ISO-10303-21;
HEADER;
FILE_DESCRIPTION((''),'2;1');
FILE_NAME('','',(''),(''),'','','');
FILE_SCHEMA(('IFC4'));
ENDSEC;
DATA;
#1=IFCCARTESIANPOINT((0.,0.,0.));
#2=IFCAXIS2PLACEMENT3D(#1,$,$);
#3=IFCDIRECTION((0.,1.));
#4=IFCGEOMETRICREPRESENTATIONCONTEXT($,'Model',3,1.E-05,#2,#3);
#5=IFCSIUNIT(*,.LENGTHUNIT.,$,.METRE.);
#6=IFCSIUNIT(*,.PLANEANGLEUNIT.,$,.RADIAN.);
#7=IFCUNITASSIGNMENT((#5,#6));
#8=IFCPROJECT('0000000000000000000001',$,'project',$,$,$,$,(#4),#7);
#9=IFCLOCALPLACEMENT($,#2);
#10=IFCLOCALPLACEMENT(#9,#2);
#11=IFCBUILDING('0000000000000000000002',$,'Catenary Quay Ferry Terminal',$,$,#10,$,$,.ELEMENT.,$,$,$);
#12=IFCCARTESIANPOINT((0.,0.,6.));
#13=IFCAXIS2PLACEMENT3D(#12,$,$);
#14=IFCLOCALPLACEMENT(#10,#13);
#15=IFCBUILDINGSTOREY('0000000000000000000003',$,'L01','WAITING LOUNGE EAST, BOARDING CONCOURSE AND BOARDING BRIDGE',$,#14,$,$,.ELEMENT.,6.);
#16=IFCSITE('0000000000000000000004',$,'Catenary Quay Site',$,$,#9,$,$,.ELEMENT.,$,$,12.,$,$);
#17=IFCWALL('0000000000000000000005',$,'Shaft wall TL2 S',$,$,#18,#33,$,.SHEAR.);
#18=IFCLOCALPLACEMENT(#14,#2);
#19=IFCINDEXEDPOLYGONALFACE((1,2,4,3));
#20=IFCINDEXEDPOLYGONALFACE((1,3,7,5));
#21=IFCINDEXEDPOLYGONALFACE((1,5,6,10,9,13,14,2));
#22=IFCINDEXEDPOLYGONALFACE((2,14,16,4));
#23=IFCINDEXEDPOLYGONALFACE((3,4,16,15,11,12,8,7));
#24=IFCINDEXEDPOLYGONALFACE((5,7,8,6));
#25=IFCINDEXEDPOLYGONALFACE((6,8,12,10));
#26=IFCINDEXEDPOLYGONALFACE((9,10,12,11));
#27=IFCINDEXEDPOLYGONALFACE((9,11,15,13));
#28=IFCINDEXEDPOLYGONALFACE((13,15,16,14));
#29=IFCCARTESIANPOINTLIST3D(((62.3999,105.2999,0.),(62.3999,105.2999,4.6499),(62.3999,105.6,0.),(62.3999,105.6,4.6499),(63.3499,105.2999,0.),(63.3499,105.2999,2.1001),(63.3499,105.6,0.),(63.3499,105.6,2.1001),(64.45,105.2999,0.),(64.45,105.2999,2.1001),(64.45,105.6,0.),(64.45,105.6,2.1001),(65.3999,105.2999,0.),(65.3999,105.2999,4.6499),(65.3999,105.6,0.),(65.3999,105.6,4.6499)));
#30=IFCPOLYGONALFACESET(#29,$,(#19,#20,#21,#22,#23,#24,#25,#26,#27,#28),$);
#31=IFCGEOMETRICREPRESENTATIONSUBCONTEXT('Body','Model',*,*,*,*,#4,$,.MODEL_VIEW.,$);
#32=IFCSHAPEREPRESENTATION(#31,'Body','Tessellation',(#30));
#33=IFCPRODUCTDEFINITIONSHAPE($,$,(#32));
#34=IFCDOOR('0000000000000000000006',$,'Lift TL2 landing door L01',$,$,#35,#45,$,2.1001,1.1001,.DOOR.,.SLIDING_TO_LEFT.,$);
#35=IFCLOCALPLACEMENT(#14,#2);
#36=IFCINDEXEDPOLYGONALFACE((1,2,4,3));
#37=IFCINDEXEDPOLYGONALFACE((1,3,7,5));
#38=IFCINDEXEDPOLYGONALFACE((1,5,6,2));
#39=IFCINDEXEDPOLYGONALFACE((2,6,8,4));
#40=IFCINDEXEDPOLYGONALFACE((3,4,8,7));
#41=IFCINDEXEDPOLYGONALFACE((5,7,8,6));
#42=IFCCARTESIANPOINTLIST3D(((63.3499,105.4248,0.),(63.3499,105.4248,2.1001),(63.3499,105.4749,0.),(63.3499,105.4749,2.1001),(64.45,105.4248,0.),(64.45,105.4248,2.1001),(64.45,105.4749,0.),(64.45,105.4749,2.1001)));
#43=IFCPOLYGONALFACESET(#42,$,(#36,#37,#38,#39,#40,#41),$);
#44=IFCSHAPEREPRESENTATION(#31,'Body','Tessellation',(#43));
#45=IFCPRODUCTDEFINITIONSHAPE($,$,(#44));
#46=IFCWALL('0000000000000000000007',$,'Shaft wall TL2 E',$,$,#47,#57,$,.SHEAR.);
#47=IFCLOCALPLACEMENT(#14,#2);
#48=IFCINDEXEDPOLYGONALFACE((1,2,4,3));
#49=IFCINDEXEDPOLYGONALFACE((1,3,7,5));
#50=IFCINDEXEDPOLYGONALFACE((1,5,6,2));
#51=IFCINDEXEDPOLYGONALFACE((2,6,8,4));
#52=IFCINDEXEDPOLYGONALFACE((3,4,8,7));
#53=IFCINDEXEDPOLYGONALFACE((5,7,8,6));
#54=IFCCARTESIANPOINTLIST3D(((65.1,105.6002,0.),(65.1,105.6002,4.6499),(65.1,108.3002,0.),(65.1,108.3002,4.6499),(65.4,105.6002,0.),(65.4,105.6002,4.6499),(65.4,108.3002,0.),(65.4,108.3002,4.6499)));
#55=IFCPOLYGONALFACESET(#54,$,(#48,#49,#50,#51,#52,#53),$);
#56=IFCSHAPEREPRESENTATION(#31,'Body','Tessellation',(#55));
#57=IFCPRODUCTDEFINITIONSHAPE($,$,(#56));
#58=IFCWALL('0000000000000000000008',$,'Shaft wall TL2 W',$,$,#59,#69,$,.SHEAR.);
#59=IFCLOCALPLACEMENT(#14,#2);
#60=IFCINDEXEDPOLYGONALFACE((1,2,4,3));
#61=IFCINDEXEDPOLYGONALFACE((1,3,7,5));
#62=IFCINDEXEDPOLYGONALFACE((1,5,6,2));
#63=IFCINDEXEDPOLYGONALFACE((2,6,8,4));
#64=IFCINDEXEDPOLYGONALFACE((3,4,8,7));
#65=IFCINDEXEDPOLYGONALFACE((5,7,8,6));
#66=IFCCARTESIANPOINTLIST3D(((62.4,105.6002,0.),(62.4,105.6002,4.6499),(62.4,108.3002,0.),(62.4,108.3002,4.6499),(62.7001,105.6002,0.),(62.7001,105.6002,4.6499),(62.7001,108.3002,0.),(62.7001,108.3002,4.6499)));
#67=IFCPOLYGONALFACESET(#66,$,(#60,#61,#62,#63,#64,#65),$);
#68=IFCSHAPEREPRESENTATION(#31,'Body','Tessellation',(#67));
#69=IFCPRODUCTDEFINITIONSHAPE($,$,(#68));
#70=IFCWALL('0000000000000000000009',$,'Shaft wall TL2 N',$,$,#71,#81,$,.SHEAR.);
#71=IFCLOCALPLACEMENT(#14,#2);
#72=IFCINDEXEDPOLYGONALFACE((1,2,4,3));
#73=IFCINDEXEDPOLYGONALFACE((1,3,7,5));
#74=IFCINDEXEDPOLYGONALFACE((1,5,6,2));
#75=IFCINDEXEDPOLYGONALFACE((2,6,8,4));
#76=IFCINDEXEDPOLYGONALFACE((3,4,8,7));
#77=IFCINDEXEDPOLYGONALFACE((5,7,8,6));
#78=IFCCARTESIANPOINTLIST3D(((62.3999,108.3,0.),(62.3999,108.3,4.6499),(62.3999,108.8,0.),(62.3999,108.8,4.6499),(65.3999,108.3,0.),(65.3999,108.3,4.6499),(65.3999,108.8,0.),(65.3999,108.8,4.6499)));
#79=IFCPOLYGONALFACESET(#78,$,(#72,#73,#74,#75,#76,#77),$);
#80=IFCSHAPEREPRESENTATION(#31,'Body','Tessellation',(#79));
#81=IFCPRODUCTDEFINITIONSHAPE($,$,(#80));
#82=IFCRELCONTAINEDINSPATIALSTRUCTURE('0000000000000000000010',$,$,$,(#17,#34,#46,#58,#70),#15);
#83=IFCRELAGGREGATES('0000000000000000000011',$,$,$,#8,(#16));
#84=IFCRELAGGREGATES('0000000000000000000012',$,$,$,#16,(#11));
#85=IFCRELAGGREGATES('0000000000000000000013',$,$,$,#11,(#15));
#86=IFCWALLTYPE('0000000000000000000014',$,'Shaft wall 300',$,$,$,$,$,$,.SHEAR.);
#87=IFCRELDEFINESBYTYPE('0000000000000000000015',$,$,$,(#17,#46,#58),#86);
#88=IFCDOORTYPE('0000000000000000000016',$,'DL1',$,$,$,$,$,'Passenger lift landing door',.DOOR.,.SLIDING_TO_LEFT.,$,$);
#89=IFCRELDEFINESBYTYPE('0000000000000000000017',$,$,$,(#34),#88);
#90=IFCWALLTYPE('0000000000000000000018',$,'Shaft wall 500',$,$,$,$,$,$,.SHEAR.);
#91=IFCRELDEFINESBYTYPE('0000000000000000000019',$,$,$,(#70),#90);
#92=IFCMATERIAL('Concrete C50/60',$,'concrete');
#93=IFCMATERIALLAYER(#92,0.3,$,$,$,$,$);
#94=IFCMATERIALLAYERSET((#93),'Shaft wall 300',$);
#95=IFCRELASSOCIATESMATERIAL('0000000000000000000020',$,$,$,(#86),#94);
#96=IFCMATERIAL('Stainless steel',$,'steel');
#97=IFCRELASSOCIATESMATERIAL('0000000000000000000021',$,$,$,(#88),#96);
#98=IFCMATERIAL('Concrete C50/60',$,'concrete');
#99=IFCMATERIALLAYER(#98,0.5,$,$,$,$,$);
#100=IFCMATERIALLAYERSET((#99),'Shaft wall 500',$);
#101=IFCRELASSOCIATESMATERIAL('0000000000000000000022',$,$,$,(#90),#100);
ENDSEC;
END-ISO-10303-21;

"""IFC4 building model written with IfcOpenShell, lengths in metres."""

from ifc_helpers import new_model, si_unit, direction, frame, frame_2d, origin, place, context, subcontext, project, spatial, rectangle, extrude, material, layer, layer_set, type_object, element, fill, save


model = new_model("IFC4")

# Units and contexts
model_context = context("Model", 3, precision=1e-05, world=origin(), true_north=direction((0.0, 1.0)))
body_context = subcontext(model_context, "Body", "Model", "MODEL_VIEW")
ifc_project = project(units=[si_unit("LENGTHUNIT", "METRE"), si_unit("PLANEANGLEUNIT", "RADIAN")], contexts=[model_context])

# Site, building, storey
site_placement = place(None, origin())
site = spatial("IfcSite", under=ifc_project, at=site_placement, Name="Catenary Quay Site", CompositionType="ELEMENT", RefElevation=12.0)
building_placement = place(site_placement, origin())
building = spatial("IfcBuilding", under=site, at=building_placement, Name="Catenary Quay Ferry Terminal", CompositionType="ELEMENT")
storey_placement = place(building_placement, frame((0.0, 0.0, 6.0)))
storey = spatial("IfcBuildingStorey", under=building, at=storey_placement, Name="L01", Description="WAITING LOUNGE EAST, BOARDING CONCOURSE AND BOARDING BRIDGE", CompositionType="ELEMENT", Elevation=6.0)

# Wall, opening, door
ifc_material_1 = material(Name="Concrete C50/60", Category="concrete")
ifc_layer_1 = layer(ifc_material_1, 0.3)
ifc_layer_set_1 = layer_set([ifc_layer_1], Name="Shaft wall 300")
wall_type_1 = type_object("IfcWallType", Name="Shaft wall 300", PredefinedType="SHEAR", material=ifc_layer_set_1)
wall_1_placement = place(storey_placement, frame((62.3999, 105.45, 0.0), z_axis=(0.0, 0.0, 1.0), x_axis=(1.0, 0.0, 0.0)))
wall_1 = element("IfcWall", 1, at=wall_1_placement, inside=storey, type_object=wall_type_1, Name="Shaft wall TL2 S", PredefinedType="SHEAR", context=body_context, shape_type="SweptSolid", body=[
    extrude(rectangle(XDim=3.0, YDim=0.3, at=frame_2d((1.5, 0.0))), origin(), (0.0, 0.0, 1.0), 4.6499),
])
opening_1_placement = place(wall_1_placement, frame((0.95, 0.0, 0.0)))
opening_1 = element("IfcOpeningElement", 2, at=opening_1_placement, cuts=wall_1, PredefinedType="OPENING", context=body_context, shape_type="SweptSolid", body=[
    extrude(rectangle(XDim=1.1001, YDim=2.1001, at=frame_2d((0.55, 1.05))), frame((0.0, 0.1599, 0.0), z_axis=(0.0, -1.0, 0.0), x_axis=(1.0, 0.0, 0.0)), (0.0, 0.0, 1.0), 0.3201),
])
ifc_material_2 = material(Name="Stainless steel", Category="steel")
door_type_1 = type_object("IfcDoorType", Name="DL1", ElementType="Passenger lift landing door", OperationType="SLIDING_TO_LEFT", PredefinedType="DOOR", material=ifc_material_2)
door_1_placement = place(opening_1_placement, origin())
door_1 = element("IfcDoor", 3, at=door_1_placement, inside=storey, type_object=door_type_1, Name="Lift TL2 landing door L01", OperationType="SLIDING_TO_LEFT", OverallHeight=2.1001, OverallWidth=1.1001, PredefinedType="DOOR", context=body_context, shape_type="SweptSolid", body=[
    extrude(rectangle(XDim=1.1001, YDim=2.1001, at=frame_2d((0.55, 1.05))), frame((0.0, 0.0249, 0.0), z_axis=(0.0, -1.0, 0.0), x_axis=(1.0, 0.0, 0.0)), (0.0, 0.0, 1.0), 0.05),
])
fill(opening_1, door_1)

# Walls
for number, where, z_axis, x_axis, name in (
    (4, (65.25, 105.6001, 0.0), (0.0, 0.0, 1.0), (0.0, 1.0, 0.0), "Shaft wall TL2 E"),
    (5, (62.55, 105.6001, 0.0), (0.0, 0.0, 1.0), (0.0, 1.0, 0.0), "Shaft wall TL2 W"),
):
    element("IfcWall", number, at=place(storey_placement, frame(where, z_axis=z_axis, x_axis=x_axis)), inside=storey, type_object=wall_type_1, Name=name, PredefinedType="SHEAR", context=body_context, shape_type="SweptSolid", body=[
        extrude(rectangle(XDim=2.7, YDim=0.3, at=frame_2d((1.3501, 0.0))), origin(), (0.0, 0.0, 1.0), 4.6499),
    ])
ifc_material_3 = material(Name="Concrete C50/60", Category="concrete")
ifc_layer_2 = layer(ifc_material_3, 0.5)
ifc_layer_set_2 = layer_set([ifc_layer_2], Name="Shaft wall 500")
wall_type_2 = type_object("IfcWallType", Name="Shaft wall 500", PredefinedType="SHEAR", material=ifc_layer_set_2)
wall_2_placement = place(storey_placement, frame((62.3999, 108.55, 0.0), z_axis=(0.0, 0.0, 1.0), x_axis=(1.0, 0.0, 0.0)))
element("IfcWall", 6, at=wall_2_placement, inside=storey, type_object=wall_type_2, Name="Shaft wall TL2 N", PredefinedType="SHEAR", context=body_context, shape_type="SweptSolid", body=[
    extrude(rectangle(XDim=3.0, YDim=0.5, at=frame_2d((1.5, 0.0))), origin(), (0.0, 0.0, 1.0), 4.6499),
])

save(model, "model.ifc")
